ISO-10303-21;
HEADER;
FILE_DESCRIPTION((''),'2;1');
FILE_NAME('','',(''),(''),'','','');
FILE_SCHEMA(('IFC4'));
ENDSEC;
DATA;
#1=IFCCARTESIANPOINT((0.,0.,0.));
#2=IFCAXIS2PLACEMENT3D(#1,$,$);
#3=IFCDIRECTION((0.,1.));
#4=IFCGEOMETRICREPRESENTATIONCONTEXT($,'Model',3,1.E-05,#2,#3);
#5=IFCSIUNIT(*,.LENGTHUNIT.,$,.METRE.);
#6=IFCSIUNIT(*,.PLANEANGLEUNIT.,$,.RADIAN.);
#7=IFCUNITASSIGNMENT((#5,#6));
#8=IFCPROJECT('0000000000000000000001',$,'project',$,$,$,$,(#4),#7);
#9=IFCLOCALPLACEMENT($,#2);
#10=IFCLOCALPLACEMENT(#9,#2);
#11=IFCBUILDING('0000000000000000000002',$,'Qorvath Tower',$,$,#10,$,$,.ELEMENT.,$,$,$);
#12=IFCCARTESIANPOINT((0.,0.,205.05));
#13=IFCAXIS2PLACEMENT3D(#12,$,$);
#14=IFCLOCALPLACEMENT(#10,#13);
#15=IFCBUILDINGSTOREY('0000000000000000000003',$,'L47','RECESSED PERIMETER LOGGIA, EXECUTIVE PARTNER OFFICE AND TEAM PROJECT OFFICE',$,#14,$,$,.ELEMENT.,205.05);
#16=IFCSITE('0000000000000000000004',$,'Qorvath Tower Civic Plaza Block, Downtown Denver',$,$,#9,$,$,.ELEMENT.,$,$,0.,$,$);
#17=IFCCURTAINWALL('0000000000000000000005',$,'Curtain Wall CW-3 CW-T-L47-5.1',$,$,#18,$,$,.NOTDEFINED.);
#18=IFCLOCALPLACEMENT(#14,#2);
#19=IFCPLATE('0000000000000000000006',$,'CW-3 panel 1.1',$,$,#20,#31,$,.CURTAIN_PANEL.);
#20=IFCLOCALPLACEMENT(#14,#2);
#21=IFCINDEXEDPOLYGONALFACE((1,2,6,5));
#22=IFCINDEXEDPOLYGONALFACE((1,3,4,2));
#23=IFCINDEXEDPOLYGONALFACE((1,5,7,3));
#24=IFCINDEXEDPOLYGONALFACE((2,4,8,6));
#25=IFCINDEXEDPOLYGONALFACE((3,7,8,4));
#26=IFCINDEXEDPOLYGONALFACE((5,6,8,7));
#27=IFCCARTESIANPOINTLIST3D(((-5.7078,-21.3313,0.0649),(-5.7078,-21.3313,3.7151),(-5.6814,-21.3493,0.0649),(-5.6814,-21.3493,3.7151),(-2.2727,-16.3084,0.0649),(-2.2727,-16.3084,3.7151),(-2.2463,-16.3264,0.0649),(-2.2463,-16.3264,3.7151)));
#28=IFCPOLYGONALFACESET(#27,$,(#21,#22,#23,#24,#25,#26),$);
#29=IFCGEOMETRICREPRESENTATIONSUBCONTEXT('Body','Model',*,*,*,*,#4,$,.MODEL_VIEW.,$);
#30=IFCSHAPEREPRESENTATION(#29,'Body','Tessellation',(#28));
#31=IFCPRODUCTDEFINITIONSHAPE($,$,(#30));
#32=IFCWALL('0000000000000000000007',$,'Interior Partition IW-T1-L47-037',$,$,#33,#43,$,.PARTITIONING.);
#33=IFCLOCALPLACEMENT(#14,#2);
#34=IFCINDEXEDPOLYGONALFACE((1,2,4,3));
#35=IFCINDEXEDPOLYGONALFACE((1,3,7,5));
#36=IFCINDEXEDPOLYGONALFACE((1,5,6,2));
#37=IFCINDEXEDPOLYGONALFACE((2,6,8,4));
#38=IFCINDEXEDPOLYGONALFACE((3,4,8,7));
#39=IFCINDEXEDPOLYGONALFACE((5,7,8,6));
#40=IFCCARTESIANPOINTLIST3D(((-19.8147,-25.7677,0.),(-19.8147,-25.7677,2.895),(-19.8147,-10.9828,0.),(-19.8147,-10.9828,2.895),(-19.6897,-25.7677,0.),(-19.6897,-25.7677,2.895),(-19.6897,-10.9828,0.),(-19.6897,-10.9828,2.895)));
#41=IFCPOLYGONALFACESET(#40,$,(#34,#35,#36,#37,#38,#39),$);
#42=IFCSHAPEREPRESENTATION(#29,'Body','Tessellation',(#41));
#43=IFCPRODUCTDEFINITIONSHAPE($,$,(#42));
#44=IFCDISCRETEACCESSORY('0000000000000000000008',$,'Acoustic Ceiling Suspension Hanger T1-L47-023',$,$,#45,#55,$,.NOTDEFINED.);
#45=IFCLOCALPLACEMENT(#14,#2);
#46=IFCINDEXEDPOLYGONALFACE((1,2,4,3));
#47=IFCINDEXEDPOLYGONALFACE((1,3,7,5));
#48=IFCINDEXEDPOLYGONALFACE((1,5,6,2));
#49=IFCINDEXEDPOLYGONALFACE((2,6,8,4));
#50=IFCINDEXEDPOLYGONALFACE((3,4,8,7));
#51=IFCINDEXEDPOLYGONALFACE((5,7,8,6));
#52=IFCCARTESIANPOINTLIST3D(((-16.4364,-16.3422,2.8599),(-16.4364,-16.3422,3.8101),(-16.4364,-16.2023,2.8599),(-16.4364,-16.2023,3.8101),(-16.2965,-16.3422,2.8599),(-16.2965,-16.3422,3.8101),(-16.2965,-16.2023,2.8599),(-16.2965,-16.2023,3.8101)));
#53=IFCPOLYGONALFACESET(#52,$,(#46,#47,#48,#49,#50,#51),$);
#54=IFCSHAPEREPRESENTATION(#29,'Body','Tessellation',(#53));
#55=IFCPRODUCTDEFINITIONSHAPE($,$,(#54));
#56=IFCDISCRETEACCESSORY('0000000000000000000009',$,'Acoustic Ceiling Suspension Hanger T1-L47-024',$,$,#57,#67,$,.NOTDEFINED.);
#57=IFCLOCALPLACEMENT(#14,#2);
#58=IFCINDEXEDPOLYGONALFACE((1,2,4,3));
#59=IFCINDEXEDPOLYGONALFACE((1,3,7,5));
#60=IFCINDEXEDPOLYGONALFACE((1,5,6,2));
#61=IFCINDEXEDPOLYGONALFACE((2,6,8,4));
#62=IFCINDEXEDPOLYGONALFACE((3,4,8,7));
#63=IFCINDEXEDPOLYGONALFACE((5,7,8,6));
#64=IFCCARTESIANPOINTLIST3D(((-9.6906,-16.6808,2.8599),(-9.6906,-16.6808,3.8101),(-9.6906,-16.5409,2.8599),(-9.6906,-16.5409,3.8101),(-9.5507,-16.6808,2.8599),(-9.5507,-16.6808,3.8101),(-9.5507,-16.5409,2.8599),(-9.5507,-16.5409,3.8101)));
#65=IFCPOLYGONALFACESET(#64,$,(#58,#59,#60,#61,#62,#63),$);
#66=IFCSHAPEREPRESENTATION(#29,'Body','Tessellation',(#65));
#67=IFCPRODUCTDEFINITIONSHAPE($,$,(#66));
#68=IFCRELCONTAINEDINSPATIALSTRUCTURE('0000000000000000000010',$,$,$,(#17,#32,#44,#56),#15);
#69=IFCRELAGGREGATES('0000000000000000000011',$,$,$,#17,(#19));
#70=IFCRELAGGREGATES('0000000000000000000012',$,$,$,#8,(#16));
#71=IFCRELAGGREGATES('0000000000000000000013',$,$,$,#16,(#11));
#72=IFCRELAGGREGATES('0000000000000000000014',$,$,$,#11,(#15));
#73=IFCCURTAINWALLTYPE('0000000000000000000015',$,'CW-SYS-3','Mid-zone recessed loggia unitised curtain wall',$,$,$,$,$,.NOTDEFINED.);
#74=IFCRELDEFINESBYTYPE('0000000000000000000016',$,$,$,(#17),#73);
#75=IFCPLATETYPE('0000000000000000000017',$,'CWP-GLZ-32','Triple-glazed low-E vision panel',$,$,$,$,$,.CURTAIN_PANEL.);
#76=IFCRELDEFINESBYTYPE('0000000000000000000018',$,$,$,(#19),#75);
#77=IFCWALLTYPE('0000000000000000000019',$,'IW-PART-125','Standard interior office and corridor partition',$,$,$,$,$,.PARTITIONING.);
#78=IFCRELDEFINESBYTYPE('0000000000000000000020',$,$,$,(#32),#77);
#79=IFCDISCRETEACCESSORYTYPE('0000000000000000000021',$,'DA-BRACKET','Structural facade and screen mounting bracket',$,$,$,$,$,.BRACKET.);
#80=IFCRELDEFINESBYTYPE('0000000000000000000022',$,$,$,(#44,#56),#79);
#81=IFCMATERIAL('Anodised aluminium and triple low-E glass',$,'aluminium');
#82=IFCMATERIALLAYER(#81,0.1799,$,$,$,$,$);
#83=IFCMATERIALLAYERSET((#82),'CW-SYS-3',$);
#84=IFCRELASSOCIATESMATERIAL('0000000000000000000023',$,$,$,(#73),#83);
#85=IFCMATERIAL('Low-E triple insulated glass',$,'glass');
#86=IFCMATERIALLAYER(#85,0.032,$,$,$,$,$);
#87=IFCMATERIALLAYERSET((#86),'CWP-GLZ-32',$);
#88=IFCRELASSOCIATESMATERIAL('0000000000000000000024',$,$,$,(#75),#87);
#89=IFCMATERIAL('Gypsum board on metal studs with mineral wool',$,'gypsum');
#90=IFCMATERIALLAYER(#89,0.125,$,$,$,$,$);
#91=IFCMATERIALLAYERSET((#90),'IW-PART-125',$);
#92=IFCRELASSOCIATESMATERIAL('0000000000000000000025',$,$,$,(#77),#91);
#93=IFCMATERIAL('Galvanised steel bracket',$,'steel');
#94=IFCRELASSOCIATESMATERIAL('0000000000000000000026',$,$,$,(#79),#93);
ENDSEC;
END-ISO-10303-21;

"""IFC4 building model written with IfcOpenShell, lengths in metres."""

from ifc_helpers import new_model, si_unit, direction, frame, frame_2d, origin, origin_2d, place, context, subcontext, project, spatial, rectangle, extrude, material, layer, layer_set, type_object, element, aggregate, save


model = new_model("IFC4")

# Units and contexts
model_context = context("Model", 3, precision=1e-05, world=origin(), true_north=direction((0.0, 1.0)))
body_context = subcontext(model_context, "Body", "Model", "MODEL_VIEW")
ifc_project = project(units=[si_unit("LENGTHUNIT", "METRE"), si_unit("PLANEANGLEUNIT", "RADIAN")], contexts=[model_context])

# Site, building, storey
site_placement = place(None, origin())
site = spatial("IfcSite", under=ifc_project, at=site_placement, Name="Qorvath Tower Civic Plaza Block, Downtown Denver", CompositionType="ELEMENT", RefElevation=0.0)
building_placement = place(site_placement, origin())
building = spatial("IfcBuilding", under=site, at=building_placement, Name="Qorvath Tower", CompositionType="ELEMENT")
storey_placement = place(building_placement, frame((0.0, 0.0, 205.05)))
storey = spatial("IfcBuildingStorey", under=building, at=storey_placement, Name="L47", Description="RECESSED PERIMETER LOGGIA, EXECUTIVE PARTNER OFFICE AND TEAM PROJECT OFFICE", CompositionType="ELEMENT", Elevation=205.05)

# Shared definitions
ifc_material_1 = material(Name="Anodised aluminium and triple low-E glass", Category="aluminium")
ifc_layer_1 = layer(ifc_material_1, 0.1799)
ifc_layer_set_1 = layer_set([ifc_layer_1], Name="CW-SYS-3")
curtain_wall_type = type_object("IfcCurtainWallType", Name="CW-SYS-3", Description="Mid-zone recessed loggia unitised curtain wall", PredefinedType="NOTDEFINED", material=ifc_layer_set_1)

# Curtain wall
curtain_wall_1_placement = place(storey_placement, origin())
curtain_wall_1 = element("IfcCurtainWall", 1, at=curtain_wall_1_placement, inside=storey, type_object=curtain_wall_type, Name="Curtain Wall CW-3 CW-T-L47-5.1", PredefinedType="NOTDEFINED")

# Plate
ifc_material_2 = material(Name="Low-E triple insulated glass", Category="glass")
ifc_layer_2 = layer(ifc_material_2, 0.032)
ifc_layer_set_2 = layer_set([ifc_layer_2], Name="CWP-GLZ-32")
plate_type = type_object("IfcPlateType", Name="CWP-GLZ-32", Description="Triple-glazed low-E vision panel", PredefinedType="CURTAIN_PANEL", material=ifc_layer_set_2)
plate_1_placement = place(storey_placement, frame((-3.9771, -18.8289, 0.0649), z_axis=(0.0, 0.0, 1.0), x_axis=(0.564512, 0.825425, 0.0)))
plate_1 = element("IfcPlate", 2, at=plate_1_placement, type_object=plate_type, Name="CW-3 panel 1.1", PredefinedType="CURTAIN_PANEL", context=body_context, shape_type="SweptSolid", body=[
    extrude(rectangle(XDim=6.0852, YDim=0.032, at=origin_2d()), origin(), (0.0, 0.0, 1.0), 3.6501),
])
aggregate(curtain_wall_1, [plate_1])

# Wall
ifc_material_3 = material(Name="Gypsum board on metal studs with mineral wool", Category="gypsum")
ifc_layer_3 = layer(ifc_material_3, 0.125)
ifc_layer_set_3 = layer_set([ifc_layer_3], Name="IW-PART-125")
wall_type = type_object("IfcWallType", Name="IW-PART-125", Description="Standard interior office and corridor partition", PredefinedType="PARTITIONING", material=ifc_layer_set_3)
wall_placement = place(storey_placement, frame((-19.7522, -25.7678, 0.0), z_axis=(0.0, 0.0, 1.0), x_axis=(0.0, 1.0, 0.0)))
element("IfcWall", 3, at=wall_placement, inside=storey, type_object=wall_type, Name="Interior Partition IW-T1-L47-037", PredefinedType="PARTITIONING", context=body_context, shape_type="SweptSolid", body=[
    extrude(rectangle(XDim=14.7849, YDim=0.125, at=frame_2d((7.3926, 0.0))), origin(), (0.0, 0.0, 1.0), 2.895),
])

# Discrete accessories
ifc_material_4 = material(Name="Galvanised steel bracket", Category="steel")
discrete_accessory_type = type_object("IfcDiscreteAccessoryType", Name="DA-BRACKET", Description="Structural facade and screen mounting bracket", PredefinedType="BRACKET", material=ifc_material_4)
for number, where, z_axis, x_axis, name in (
    (4, (-16.3665, -16.2722, 2.8599), (0.0, 0.0, 1.0), (1.0, 0.0, 0.0), "Acoustic Ceiling Suspension Hanger T1-L47-023"),
    (5, (-9.6206, -16.6108, 2.8599), (0.0, 0.0, 1.0), (1.0, 0.0, 0.0), "Acoustic Ceiling Suspension Hanger T1-L47-024"),
):
    element("IfcDiscreteAccessory", number, at=place(storey_placement, frame(where, z_axis=z_axis, x_axis=x_axis)), inside=storey, type_object=discrete_accessory_type, Name=name, PredefinedType="NOTDEFINED", context=body_context, shape_type="SweptSolid", body=[
        extrude(rectangle(XDim=0.1399, YDim=0.1399, at=origin_2d()), origin(), (0.0, 0.0, 1.0), 0.9502),
    ])

save(model, "model.ifc")
